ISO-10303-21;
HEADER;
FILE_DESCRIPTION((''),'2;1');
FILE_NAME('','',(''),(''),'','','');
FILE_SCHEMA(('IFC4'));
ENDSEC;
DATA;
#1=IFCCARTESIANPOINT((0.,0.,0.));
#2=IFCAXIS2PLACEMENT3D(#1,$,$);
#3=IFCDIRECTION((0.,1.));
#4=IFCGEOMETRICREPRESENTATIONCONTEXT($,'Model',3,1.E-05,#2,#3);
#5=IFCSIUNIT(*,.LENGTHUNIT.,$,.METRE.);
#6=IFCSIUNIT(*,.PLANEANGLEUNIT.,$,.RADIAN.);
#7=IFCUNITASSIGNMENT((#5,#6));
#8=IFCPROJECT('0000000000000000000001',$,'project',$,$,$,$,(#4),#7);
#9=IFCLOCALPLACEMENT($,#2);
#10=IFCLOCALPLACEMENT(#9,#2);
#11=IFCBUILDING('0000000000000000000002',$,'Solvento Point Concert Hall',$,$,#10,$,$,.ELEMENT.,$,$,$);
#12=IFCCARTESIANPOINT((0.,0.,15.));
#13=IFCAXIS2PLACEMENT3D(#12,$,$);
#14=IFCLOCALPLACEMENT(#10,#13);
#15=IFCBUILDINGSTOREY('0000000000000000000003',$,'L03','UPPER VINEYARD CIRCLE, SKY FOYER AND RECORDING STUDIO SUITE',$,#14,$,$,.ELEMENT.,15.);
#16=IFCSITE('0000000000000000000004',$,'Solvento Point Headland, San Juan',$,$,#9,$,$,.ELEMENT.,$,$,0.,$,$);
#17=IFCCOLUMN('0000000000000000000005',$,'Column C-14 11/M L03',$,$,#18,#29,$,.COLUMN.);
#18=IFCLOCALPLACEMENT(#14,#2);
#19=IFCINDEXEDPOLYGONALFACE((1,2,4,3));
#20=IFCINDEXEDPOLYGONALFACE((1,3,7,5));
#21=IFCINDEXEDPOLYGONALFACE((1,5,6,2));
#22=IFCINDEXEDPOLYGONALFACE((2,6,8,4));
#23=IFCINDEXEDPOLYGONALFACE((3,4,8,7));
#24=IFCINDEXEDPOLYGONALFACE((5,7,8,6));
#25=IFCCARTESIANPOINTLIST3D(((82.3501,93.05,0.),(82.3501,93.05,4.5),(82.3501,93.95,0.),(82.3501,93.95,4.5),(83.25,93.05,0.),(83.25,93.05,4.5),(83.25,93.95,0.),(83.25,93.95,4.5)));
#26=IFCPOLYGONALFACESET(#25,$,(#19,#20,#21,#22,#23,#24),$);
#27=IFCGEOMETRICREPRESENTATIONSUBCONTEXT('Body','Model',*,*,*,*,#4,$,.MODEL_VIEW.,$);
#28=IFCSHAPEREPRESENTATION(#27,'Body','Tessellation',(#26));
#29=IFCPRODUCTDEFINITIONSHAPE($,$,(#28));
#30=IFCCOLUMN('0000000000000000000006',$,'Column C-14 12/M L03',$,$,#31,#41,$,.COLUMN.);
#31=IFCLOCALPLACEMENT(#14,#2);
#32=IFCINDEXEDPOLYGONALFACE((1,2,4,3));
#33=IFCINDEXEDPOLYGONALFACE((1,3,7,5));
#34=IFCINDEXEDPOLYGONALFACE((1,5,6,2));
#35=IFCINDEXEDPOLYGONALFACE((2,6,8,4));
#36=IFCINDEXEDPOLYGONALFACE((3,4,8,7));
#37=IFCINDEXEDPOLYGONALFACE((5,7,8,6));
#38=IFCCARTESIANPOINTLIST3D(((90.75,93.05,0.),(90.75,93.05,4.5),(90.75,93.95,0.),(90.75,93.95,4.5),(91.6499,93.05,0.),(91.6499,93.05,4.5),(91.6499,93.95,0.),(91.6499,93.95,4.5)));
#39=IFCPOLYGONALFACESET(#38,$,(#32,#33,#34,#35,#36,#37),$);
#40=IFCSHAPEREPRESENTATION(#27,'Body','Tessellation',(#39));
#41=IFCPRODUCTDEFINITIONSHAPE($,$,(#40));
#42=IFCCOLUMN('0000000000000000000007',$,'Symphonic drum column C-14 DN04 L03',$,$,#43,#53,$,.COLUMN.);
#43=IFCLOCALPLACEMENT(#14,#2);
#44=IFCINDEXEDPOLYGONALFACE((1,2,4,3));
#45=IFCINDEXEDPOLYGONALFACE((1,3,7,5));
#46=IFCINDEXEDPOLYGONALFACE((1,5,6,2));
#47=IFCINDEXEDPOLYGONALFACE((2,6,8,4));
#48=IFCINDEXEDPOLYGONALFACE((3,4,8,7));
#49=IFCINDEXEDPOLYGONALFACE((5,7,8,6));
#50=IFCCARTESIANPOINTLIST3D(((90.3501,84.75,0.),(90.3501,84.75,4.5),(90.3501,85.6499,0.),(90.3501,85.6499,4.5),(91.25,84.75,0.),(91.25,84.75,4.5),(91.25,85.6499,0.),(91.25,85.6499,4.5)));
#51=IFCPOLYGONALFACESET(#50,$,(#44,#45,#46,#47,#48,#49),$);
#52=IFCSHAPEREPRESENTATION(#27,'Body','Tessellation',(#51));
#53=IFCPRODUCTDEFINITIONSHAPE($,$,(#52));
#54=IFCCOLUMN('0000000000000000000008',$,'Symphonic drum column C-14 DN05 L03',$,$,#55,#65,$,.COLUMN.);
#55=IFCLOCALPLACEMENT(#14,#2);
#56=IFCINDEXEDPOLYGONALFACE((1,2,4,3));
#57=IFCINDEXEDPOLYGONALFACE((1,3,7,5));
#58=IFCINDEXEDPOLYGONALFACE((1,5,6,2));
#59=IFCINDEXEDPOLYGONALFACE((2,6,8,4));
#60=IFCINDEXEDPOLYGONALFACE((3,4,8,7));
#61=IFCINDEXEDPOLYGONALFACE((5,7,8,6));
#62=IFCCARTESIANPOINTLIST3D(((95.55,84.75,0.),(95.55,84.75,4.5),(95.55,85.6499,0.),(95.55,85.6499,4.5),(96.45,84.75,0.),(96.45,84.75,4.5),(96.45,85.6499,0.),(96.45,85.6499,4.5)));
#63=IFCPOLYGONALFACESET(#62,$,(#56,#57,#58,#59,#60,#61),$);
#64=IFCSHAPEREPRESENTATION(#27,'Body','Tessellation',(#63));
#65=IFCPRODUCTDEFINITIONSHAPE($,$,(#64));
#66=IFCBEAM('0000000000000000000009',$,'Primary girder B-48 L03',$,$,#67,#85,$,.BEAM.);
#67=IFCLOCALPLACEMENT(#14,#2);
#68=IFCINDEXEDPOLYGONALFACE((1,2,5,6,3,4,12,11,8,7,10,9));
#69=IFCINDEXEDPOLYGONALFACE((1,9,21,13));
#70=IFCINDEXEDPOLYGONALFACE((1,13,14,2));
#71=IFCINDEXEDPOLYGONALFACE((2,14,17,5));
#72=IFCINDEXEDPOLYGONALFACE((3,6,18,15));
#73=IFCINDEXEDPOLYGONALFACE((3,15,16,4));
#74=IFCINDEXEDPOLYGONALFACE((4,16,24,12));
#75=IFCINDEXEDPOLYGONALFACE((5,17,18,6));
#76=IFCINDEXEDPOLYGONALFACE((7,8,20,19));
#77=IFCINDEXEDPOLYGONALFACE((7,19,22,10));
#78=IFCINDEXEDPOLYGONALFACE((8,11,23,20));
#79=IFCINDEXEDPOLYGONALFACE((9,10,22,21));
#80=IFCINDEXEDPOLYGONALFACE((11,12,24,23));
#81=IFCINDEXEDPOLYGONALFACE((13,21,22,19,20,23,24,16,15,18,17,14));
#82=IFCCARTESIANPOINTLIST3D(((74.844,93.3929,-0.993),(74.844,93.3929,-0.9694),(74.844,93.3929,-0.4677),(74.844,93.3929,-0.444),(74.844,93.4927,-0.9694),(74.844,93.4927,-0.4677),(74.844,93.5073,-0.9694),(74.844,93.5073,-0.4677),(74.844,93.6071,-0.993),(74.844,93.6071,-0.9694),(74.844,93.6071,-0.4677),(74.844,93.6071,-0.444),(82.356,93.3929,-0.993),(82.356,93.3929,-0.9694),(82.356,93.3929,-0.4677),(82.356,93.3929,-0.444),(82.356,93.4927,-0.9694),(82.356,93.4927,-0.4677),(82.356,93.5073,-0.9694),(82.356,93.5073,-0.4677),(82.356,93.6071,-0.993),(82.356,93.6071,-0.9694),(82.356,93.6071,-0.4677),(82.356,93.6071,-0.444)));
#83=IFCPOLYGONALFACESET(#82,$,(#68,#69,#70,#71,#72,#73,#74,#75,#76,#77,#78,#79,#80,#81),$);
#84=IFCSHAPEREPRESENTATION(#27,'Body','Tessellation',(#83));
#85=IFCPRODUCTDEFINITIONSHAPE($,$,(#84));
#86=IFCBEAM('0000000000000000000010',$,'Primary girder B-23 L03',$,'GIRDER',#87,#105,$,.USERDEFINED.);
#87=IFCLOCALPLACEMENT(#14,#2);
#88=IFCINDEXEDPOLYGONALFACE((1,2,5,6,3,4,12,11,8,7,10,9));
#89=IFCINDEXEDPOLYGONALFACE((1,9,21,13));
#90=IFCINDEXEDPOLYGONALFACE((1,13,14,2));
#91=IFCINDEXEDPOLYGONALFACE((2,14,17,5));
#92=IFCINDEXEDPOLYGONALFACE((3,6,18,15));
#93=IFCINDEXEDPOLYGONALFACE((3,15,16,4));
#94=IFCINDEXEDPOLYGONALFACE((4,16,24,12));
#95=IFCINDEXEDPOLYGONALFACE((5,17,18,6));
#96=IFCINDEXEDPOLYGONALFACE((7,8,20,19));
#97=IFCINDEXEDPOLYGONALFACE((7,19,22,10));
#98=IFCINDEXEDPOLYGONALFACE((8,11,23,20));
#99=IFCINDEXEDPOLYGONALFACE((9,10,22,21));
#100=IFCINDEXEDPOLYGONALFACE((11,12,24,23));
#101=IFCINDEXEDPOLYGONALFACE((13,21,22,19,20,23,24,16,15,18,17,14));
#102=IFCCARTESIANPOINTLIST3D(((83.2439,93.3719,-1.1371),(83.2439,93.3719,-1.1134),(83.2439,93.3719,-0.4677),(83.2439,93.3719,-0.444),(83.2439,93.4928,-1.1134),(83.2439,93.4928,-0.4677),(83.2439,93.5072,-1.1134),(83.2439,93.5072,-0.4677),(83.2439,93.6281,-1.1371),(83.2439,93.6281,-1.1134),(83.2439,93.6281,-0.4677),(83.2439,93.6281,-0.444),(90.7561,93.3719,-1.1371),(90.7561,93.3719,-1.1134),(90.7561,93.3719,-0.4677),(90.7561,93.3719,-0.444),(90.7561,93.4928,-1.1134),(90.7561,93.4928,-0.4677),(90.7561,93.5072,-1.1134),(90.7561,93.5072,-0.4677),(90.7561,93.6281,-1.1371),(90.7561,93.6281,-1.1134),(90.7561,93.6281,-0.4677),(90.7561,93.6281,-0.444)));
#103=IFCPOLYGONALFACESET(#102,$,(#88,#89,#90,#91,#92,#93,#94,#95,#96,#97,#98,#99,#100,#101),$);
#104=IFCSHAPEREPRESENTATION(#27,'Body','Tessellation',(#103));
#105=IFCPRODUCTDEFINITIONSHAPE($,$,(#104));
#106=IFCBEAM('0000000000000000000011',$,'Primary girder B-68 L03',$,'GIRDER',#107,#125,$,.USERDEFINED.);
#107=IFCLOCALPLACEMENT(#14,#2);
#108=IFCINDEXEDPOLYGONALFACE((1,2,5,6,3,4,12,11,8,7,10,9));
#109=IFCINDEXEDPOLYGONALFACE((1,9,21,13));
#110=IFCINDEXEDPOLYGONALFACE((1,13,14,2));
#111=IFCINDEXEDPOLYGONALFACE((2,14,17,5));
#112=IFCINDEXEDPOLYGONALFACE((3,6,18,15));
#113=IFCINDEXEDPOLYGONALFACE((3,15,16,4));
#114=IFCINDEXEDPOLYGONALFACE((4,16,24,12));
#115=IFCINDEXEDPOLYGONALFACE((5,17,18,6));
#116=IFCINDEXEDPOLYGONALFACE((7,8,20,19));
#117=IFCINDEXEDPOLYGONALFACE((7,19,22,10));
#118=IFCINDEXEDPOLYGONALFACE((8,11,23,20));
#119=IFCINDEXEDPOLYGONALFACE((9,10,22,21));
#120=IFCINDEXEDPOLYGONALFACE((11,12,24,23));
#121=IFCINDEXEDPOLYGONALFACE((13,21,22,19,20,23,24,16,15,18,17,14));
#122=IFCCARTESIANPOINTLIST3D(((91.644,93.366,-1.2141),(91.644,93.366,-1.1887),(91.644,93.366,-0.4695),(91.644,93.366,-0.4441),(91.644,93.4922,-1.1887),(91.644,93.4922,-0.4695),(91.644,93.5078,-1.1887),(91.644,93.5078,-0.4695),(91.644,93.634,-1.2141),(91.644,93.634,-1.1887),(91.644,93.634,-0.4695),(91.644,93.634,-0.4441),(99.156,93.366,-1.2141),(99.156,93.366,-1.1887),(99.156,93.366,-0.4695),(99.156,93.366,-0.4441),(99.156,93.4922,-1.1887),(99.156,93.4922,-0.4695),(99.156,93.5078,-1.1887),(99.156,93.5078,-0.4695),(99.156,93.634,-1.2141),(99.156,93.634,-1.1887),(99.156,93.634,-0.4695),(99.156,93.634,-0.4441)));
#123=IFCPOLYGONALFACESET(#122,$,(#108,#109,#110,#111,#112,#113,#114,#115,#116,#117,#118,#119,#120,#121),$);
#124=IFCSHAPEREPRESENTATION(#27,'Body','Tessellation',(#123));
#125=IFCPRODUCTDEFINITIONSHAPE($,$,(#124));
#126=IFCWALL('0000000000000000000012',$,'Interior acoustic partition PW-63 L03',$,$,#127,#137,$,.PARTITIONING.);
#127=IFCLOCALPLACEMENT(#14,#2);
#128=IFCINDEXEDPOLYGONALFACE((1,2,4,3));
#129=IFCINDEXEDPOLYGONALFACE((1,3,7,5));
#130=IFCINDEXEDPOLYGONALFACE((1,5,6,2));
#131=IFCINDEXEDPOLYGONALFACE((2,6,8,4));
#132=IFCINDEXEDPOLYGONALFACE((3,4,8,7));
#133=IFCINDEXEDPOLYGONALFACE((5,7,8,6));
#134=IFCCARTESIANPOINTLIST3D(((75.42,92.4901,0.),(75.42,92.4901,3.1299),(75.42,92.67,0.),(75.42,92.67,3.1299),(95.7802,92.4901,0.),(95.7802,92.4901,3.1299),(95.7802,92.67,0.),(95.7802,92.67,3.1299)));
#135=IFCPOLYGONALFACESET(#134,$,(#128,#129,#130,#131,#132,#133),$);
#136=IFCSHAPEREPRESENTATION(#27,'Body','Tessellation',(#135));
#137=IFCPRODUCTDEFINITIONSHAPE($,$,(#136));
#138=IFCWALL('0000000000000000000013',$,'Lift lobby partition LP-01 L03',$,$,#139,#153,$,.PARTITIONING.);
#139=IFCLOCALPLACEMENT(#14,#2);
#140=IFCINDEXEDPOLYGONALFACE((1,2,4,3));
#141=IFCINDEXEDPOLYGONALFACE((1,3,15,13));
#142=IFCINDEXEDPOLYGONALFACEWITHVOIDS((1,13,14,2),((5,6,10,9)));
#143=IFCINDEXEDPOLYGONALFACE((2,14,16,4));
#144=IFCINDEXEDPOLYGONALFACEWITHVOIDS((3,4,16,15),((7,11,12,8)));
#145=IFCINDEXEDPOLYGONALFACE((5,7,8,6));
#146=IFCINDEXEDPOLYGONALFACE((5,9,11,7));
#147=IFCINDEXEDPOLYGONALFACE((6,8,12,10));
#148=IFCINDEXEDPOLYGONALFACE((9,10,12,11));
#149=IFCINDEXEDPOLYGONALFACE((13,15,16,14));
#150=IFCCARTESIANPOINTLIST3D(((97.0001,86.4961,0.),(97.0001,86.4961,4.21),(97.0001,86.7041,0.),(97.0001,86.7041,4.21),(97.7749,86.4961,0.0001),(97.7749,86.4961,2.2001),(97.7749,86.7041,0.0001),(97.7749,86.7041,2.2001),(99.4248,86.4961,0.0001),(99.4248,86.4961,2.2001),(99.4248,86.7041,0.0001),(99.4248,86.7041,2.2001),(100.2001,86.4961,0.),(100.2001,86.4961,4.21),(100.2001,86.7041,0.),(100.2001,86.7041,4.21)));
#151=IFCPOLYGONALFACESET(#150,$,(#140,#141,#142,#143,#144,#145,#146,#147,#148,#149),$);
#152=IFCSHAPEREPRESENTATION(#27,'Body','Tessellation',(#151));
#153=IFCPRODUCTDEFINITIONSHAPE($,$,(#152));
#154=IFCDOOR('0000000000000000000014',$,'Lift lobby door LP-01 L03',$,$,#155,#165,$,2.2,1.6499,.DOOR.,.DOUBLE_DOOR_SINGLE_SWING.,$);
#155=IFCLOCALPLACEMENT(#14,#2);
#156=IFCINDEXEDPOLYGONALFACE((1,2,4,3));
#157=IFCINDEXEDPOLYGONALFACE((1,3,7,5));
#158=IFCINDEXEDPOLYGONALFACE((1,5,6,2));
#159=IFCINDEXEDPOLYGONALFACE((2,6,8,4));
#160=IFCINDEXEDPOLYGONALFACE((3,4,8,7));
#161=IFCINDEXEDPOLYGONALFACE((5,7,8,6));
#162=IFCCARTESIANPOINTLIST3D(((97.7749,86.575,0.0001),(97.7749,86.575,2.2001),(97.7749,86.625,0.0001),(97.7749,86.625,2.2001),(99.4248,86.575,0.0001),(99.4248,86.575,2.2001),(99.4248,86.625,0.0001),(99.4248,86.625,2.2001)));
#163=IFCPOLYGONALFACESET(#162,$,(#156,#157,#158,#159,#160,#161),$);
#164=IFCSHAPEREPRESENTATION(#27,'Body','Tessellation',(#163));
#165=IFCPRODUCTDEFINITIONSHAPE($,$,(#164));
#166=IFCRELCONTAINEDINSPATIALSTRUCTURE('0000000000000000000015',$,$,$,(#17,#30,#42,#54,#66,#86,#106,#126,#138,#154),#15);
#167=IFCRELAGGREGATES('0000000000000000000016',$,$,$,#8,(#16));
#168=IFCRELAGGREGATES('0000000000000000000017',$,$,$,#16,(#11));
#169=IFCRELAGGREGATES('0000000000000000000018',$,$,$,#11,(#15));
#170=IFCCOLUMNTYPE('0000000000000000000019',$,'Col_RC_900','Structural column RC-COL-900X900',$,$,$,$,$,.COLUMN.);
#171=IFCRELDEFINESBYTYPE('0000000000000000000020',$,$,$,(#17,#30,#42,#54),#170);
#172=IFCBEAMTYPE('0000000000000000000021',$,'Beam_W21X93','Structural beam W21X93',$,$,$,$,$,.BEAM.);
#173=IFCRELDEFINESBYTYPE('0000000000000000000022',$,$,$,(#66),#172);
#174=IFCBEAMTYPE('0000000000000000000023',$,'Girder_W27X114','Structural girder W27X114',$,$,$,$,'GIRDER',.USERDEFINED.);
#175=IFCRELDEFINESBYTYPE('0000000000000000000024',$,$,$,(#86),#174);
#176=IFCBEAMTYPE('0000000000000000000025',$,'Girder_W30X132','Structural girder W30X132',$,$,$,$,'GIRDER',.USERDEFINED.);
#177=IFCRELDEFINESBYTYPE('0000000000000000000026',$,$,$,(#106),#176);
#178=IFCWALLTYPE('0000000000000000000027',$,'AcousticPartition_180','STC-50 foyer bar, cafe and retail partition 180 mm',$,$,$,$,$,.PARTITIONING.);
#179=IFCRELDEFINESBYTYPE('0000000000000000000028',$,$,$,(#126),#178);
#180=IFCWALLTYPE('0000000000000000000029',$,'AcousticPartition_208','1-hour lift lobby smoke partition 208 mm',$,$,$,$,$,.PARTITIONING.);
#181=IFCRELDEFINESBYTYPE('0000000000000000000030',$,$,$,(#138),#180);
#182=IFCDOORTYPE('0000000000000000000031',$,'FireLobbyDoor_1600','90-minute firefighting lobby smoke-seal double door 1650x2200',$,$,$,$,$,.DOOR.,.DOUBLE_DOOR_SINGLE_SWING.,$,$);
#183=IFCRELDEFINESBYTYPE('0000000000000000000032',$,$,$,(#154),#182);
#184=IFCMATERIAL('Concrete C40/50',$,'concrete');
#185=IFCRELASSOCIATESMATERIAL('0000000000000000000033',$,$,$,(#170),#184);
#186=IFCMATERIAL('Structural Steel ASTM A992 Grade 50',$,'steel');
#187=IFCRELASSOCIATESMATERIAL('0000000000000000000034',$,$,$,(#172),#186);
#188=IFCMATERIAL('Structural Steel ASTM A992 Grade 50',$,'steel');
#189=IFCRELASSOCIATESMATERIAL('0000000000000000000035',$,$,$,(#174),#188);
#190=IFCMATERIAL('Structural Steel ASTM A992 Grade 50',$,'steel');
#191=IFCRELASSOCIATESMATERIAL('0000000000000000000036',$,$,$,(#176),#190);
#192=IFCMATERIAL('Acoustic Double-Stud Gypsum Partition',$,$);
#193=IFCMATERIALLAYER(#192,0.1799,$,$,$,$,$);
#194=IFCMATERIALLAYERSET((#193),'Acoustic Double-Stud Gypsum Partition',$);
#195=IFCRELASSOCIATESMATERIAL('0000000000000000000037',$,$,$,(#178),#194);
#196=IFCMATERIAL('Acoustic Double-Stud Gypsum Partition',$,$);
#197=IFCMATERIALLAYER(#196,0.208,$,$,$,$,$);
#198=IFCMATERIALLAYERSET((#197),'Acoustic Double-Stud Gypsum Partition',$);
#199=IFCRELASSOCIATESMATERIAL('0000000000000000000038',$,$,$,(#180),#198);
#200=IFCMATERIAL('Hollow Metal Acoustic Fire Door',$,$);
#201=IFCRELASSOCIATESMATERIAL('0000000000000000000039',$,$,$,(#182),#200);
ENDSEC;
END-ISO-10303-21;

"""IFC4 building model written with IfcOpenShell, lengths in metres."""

from ifc_helpers import new_model, si_unit, direction, frame, frame_2d, origin, origin_2d, place, context, subcontext, project, spatial, rectangle, i_section, extrude, material, layer, layer_set, material_profile, profile_set, type_object, element, fill, save


model = new_model("IFC4")

# Units and contexts
model_context = context("Model", 3, precision=1e-05, world=origin(), true_north=direction((0.0, 1.0)))
body_context = subcontext(model_context, "Body", "Model", "MODEL_VIEW")
ifc_project = project(units=[si_unit("LENGTHUNIT", "METRE"), si_unit("PLANEANGLEUNIT", "RADIAN")], contexts=[model_context])

# Site, building, storey
site_placement = place(None, origin())
site = spatial("IfcSite", under=ifc_project, at=site_placement, Name="Solvento Point Headland, San Juan", CompositionType="ELEMENT", RefElevation=0.0)
building_placement = place(site_placement, origin())
building = spatial("IfcBuilding", under=site, at=building_placement, Name="Solvento Point Concert Hall", CompositionType="ELEMENT")
storey_placement = place(building_placement, frame((0.0, 0.0, 15.0)))
storey = spatial("IfcBuildingStorey", under=building, at=storey_placement, Name="L03", Description="UPPER VINEYARD CIRCLE, SKY FOYER AND RECORDING STUDIO SUITE", CompositionType="ELEMENT", Elevation=15.0)

# Columns
ifc_material_1 = material(Name="Concrete C40/50", Category="concrete")
ifc_material_profile_1 = material_profile(ifc_material_1, rectangle(XDim=0.8999, YDim=0.8999, at=origin_2d()), Name="RC-COL-900X900")
ifc_profile_set_1 = profile_set([ifc_material_profile_1], Name="Concrete C40/50")
column_type = type_object("IfcColumnType", Name="Col_RC_900", Description="Structural column RC-COL-900X900", PredefinedType="COLUMN", material=ifc_profile_set_1)
for number, where, z_axis, x_axis, name in (
    (1, (82.8, 93.5, 0.0), (0.0, 0.0, 1.0), (1.0, 0.0, 0.0), "Column C-14 11/M L03"),
    (2, (91.2, 93.5, 0.0), (0.0, 0.0, 1.0), (1.0, 0.0, 0.0), "Column C-14 12/M L03"),
    (3, (90.8, 85.2, 0.0), (0.0, 0.0, 1.0), (1.0, 0.0, 0.0), "Symphonic drum column C-14 DN04 L03"),
    (4, (96.0, 85.2, 0.0), (0.0, 0.0, 1.0), (1.0, 0.0, 0.0), "Symphonic drum column C-14 DN05 L03"),
):
    element("IfcColumn", number, at=place(storey_placement, frame(where, z_axis=z_axis, x_axis=x_axis)), inside=storey, type_object=column_type, Name=name, PredefinedType="COLUMN", context=body_context, shape_type="SweptSolid", body=[
        extrude(rectangle(XDim=0.8999, YDim=0.8999, at=origin_2d()), origin(), (0.0, 0.0, 1.0), 4.5),
    ])

# Beams
ifc_material_2 = material(Name="Structural Steel ASTM A992 Grade 50", Category="steel")
ifc_material_profile_2 = material_profile(ifc_material_2, i_section(OverallWidth=0.2141, OverallDepth=0.5491, WebThickness=0.0146, FlangeThickness=0.0237, at=origin_2d()), Name="W21X93")
ifc_profile_set_2 = profile_set([ifc_material_profile_2], Name="Structural Steel ASTM A992 Grade 50")
beam_type_1 = type_object("IfcBeamType", Name="Beam_W21X93", Description="Structural beam W21X93", PredefinedType="BEAM", material=ifc_profile_set_2)
beam_1_placement = place(storey_placement, frame((74.844, 93.5, -0.7185), z_axis=(1.0, 0.0, 0.0), x_axis=(0.0, 1.0, 0.0)))
element("IfcBeam", 5, at=beam_1_placement, inside=storey, type_object=beam_type_1, Name="Primary girder B-48 L03", PredefinedType="BEAM", context=body_context, shape_type="SweptSolid", body=[
    extrude(i_section(OverallWidth=0.2141, OverallDepth=0.5491, WebThickness=0.0146, FlangeThickness=0.0237, at=origin_2d()), origin(), (0.0, 0.0, 1.0), 7.512),
])
ifc_material_3 = material(Name="Structural Steel ASTM A992 Grade 50", Category="steel")
ifc_material_profile_3 = material_profile(ifc_material_3, i_section(OverallWidth=0.2561, OverallDepth=0.6931, WebThickness=0.0144, FlangeThickness=0.0237, at=origin_2d()), Name="W27X114")
ifc_profile_set_3 = profile_set([ifc_material_profile_3], Name="Structural Steel ASTM A992 Grade 50")
beam_type_2 = type_object("IfcBeamType", Name="Girder_W27X114", Description="Structural girder W27X114", ElementType="GIRDER", PredefinedType="USERDEFINED", material=ifc_profile_set_3)
beam_2_placement = place(storey_placement, frame((83.2439, 93.5, -0.7905), z_axis=(1.0, 0.0, 0.0), x_axis=(0.0, 1.0, 0.0)))
element("IfcBeam", 6, at=beam_2_placement, inside=storey, type_object=beam_type_2, Name="Primary girder B-23 L03", ObjectType="GIRDER", PredefinedType="USERDEFINED", context=body_context, shape_type="SweptSolid", body=[
    extrude(i_section(OverallWidth=0.2561, OverallDepth=0.6931, WebThickness=0.0144, FlangeThickness=0.0237, at=origin_2d()), origin(), (0.0, 0.0, 1.0), 7.5122),
])
ifc_material_4 = material(Name="Structural Steel ASTM A992 Grade 50", Category="steel")
ifc_material_profile_4 = material_profile(ifc_material_4, i_section(OverallWidth=0.2681, OverallDepth=0.77, WebThickness=0.0156, FlangeThickness=0.0254, at=origin_2d()), Name="W30X132")
ifc_profile_set_4 = profile_set([ifc_material_profile_4], Name="Structural Steel ASTM A992 Grade 50")
beam_type_3 = type_object("IfcBeamType", Name="Girder_W30X132", Description="Structural girder W30X132", ElementType="GIRDER", PredefinedType="USERDEFINED", material=ifc_profile_set_4)
beam_3_placement = place(storey_placement, frame((91.644, 93.5, -0.8291), z_axis=(1.0, 0.0, 0.0), x_axis=(0.0, 1.0, 0.0)))
element("IfcBeam", 7, at=beam_3_placement, inside=storey, type_object=beam_type_3, Name="Primary girder B-68 L03", ObjectType="GIRDER", PredefinedType="USERDEFINED", context=body_context, shape_type="SweptSolid", body=[
    extrude(i_section(OverallWidth=0.2681, OverallDepth=0.77, WebThickness=0.0156, FlangeThickness=0.0254, at=origin_2d()), origin(), (0.0, 0.0, 1.0), 7.512),
])

# Wall
ifc_material_5 = material(Name="Acoustic Double-Stud Gypsum Partition")
ifc_layer_1 = layer(ifc_material_5, 0.1799)
ifc_layer_set_1 = layer_set([ifc_layer_1], Name="Acoustic Double-Stud Gypsum Partition")
wall_type_1 = type_object("IfcWallType", Name="AcousticPartition_180", Description="STC-50 foyer bar, cafe and retail partition 180 mm", PredefinedType="PARTITIONING", material=ifc_layer_set_1)
wall_1_placement = place(storey_placement, frame((75.4199, 92.5801, 0.0), z_axis=(0.0, 0.0, 1.0), x_axis=(1.0, 0.0, 0.0)))
element("IfcWall", 8, at=wall_1_placement, inside=storey, type_object=wall_type_1, Name="Interior acoustic partition PW-63 L03", PredefinedType="PARTITIONING", context=body_context, shape_type="SweptSolid", body=[
    extrude(rectangle(XDim=20.3601, YDim=0.1799, at=frame_2d((10.1802, 0.0))), origin(), (0.0, 0.0, 1.0), 3.1299),
])

# Wall, opening, door
ifc_material_6 = material(Name="Acoustic Double-Stud Gypsum Partition")
ifc_layer_2 = layer(ifc_material_6, 0.208)
ifc_layer_set_2 = layer_set([ifc_layer_2], Name="Acoustic Double-Stud Gypsum Partition")
wall_type_2 = type_object("IfcWallType", Name="AcousticPartition_208", Description="1-hour lift lobby smoke partition 208 mm", PredefinedType="PARTITIONING", material=ifc_layer_set_2)
wall_2_placement = place(storey_placement, frame((97.0, 86.6001, 0.0), z_axis=(0.0, 0.0, 1.0), x_axis=(1.0, 0.0, 0.0)))
wall_2 = element("IfcWall", 9, at=wall_2_placement, inside=storey, type_object=wall_type_2, Name="Lift lobby partition LP-01 L03", PredefinedType="PARTITIONING", context=body_context, shape_type="SweptSolid", body=[
    extrude(rectangle(XDim=3.2, YDim=0.208, at=frame_2d((1.6001, 0.0))), origin(), (0.0, 0.0, 1.0), 4.21),
])
opening_1_placement = place(wall_2_placement, frame((0.7749, 0.0, 0.0)))
opening_1 = element("IfcOpeningElement", 10, at=opening_1_placement, cuts=wall_2, PredefinedType="OPENING", context=body_context, shape_type="SweptSolid", body=[
    extrude(rectangle(XDim=1.6499, YDim=2.2, at=frame_2d((0.825, 1.1001))), frame((0.0, 0.114, 0.0), z_axis=(0.0, -1.0, 0.0), x_axis=(1.0, 0.0, 0.0)), (0.0, 0.0, 1.0), 0.228),
])
ifc_material_7 = material(Name="Hollow Metal Acoustic Fire Door")
door_type_1 = type_object("IfcDoorType", Name="FireLobbyDoor_1600", Description="90-minute firefighting lobby smoke-seal double door 1650x2200", OperationType="DOUBLE_DOOR_SINGLE_SWING", PredefinedType="DOOR", material=ifc_material_7)
door_1_placement = place(opening_1_placement, origin())
door_1 = element("IfcDoor", 11, at=door_1_placement, inside=storey, type_object=door_type_1, Name="Lift lobby door LP-01 L03", OperationType="DOUBLE_DOOR_SINGLE_SWING", OverallHeight=2.2, OverallWidth=1.6499, PredefinedType="DOOR", context=body_context, shape_type="SweptSolid", body=[
    extrude(rectangle(XDim=1.6499, YDim=2.2, at=frame_2d((0.825, 1.1001))), frame((0.0, 0.0249, 0.0), z_axis=(0.0, -1.0, 0.0), x_axis=(1.0, 0.0, 0.0)), (0.0, 0.0, 1.0), 0.05),
])
fill(opening_1, door_1)

save(model, "model.ifc")
